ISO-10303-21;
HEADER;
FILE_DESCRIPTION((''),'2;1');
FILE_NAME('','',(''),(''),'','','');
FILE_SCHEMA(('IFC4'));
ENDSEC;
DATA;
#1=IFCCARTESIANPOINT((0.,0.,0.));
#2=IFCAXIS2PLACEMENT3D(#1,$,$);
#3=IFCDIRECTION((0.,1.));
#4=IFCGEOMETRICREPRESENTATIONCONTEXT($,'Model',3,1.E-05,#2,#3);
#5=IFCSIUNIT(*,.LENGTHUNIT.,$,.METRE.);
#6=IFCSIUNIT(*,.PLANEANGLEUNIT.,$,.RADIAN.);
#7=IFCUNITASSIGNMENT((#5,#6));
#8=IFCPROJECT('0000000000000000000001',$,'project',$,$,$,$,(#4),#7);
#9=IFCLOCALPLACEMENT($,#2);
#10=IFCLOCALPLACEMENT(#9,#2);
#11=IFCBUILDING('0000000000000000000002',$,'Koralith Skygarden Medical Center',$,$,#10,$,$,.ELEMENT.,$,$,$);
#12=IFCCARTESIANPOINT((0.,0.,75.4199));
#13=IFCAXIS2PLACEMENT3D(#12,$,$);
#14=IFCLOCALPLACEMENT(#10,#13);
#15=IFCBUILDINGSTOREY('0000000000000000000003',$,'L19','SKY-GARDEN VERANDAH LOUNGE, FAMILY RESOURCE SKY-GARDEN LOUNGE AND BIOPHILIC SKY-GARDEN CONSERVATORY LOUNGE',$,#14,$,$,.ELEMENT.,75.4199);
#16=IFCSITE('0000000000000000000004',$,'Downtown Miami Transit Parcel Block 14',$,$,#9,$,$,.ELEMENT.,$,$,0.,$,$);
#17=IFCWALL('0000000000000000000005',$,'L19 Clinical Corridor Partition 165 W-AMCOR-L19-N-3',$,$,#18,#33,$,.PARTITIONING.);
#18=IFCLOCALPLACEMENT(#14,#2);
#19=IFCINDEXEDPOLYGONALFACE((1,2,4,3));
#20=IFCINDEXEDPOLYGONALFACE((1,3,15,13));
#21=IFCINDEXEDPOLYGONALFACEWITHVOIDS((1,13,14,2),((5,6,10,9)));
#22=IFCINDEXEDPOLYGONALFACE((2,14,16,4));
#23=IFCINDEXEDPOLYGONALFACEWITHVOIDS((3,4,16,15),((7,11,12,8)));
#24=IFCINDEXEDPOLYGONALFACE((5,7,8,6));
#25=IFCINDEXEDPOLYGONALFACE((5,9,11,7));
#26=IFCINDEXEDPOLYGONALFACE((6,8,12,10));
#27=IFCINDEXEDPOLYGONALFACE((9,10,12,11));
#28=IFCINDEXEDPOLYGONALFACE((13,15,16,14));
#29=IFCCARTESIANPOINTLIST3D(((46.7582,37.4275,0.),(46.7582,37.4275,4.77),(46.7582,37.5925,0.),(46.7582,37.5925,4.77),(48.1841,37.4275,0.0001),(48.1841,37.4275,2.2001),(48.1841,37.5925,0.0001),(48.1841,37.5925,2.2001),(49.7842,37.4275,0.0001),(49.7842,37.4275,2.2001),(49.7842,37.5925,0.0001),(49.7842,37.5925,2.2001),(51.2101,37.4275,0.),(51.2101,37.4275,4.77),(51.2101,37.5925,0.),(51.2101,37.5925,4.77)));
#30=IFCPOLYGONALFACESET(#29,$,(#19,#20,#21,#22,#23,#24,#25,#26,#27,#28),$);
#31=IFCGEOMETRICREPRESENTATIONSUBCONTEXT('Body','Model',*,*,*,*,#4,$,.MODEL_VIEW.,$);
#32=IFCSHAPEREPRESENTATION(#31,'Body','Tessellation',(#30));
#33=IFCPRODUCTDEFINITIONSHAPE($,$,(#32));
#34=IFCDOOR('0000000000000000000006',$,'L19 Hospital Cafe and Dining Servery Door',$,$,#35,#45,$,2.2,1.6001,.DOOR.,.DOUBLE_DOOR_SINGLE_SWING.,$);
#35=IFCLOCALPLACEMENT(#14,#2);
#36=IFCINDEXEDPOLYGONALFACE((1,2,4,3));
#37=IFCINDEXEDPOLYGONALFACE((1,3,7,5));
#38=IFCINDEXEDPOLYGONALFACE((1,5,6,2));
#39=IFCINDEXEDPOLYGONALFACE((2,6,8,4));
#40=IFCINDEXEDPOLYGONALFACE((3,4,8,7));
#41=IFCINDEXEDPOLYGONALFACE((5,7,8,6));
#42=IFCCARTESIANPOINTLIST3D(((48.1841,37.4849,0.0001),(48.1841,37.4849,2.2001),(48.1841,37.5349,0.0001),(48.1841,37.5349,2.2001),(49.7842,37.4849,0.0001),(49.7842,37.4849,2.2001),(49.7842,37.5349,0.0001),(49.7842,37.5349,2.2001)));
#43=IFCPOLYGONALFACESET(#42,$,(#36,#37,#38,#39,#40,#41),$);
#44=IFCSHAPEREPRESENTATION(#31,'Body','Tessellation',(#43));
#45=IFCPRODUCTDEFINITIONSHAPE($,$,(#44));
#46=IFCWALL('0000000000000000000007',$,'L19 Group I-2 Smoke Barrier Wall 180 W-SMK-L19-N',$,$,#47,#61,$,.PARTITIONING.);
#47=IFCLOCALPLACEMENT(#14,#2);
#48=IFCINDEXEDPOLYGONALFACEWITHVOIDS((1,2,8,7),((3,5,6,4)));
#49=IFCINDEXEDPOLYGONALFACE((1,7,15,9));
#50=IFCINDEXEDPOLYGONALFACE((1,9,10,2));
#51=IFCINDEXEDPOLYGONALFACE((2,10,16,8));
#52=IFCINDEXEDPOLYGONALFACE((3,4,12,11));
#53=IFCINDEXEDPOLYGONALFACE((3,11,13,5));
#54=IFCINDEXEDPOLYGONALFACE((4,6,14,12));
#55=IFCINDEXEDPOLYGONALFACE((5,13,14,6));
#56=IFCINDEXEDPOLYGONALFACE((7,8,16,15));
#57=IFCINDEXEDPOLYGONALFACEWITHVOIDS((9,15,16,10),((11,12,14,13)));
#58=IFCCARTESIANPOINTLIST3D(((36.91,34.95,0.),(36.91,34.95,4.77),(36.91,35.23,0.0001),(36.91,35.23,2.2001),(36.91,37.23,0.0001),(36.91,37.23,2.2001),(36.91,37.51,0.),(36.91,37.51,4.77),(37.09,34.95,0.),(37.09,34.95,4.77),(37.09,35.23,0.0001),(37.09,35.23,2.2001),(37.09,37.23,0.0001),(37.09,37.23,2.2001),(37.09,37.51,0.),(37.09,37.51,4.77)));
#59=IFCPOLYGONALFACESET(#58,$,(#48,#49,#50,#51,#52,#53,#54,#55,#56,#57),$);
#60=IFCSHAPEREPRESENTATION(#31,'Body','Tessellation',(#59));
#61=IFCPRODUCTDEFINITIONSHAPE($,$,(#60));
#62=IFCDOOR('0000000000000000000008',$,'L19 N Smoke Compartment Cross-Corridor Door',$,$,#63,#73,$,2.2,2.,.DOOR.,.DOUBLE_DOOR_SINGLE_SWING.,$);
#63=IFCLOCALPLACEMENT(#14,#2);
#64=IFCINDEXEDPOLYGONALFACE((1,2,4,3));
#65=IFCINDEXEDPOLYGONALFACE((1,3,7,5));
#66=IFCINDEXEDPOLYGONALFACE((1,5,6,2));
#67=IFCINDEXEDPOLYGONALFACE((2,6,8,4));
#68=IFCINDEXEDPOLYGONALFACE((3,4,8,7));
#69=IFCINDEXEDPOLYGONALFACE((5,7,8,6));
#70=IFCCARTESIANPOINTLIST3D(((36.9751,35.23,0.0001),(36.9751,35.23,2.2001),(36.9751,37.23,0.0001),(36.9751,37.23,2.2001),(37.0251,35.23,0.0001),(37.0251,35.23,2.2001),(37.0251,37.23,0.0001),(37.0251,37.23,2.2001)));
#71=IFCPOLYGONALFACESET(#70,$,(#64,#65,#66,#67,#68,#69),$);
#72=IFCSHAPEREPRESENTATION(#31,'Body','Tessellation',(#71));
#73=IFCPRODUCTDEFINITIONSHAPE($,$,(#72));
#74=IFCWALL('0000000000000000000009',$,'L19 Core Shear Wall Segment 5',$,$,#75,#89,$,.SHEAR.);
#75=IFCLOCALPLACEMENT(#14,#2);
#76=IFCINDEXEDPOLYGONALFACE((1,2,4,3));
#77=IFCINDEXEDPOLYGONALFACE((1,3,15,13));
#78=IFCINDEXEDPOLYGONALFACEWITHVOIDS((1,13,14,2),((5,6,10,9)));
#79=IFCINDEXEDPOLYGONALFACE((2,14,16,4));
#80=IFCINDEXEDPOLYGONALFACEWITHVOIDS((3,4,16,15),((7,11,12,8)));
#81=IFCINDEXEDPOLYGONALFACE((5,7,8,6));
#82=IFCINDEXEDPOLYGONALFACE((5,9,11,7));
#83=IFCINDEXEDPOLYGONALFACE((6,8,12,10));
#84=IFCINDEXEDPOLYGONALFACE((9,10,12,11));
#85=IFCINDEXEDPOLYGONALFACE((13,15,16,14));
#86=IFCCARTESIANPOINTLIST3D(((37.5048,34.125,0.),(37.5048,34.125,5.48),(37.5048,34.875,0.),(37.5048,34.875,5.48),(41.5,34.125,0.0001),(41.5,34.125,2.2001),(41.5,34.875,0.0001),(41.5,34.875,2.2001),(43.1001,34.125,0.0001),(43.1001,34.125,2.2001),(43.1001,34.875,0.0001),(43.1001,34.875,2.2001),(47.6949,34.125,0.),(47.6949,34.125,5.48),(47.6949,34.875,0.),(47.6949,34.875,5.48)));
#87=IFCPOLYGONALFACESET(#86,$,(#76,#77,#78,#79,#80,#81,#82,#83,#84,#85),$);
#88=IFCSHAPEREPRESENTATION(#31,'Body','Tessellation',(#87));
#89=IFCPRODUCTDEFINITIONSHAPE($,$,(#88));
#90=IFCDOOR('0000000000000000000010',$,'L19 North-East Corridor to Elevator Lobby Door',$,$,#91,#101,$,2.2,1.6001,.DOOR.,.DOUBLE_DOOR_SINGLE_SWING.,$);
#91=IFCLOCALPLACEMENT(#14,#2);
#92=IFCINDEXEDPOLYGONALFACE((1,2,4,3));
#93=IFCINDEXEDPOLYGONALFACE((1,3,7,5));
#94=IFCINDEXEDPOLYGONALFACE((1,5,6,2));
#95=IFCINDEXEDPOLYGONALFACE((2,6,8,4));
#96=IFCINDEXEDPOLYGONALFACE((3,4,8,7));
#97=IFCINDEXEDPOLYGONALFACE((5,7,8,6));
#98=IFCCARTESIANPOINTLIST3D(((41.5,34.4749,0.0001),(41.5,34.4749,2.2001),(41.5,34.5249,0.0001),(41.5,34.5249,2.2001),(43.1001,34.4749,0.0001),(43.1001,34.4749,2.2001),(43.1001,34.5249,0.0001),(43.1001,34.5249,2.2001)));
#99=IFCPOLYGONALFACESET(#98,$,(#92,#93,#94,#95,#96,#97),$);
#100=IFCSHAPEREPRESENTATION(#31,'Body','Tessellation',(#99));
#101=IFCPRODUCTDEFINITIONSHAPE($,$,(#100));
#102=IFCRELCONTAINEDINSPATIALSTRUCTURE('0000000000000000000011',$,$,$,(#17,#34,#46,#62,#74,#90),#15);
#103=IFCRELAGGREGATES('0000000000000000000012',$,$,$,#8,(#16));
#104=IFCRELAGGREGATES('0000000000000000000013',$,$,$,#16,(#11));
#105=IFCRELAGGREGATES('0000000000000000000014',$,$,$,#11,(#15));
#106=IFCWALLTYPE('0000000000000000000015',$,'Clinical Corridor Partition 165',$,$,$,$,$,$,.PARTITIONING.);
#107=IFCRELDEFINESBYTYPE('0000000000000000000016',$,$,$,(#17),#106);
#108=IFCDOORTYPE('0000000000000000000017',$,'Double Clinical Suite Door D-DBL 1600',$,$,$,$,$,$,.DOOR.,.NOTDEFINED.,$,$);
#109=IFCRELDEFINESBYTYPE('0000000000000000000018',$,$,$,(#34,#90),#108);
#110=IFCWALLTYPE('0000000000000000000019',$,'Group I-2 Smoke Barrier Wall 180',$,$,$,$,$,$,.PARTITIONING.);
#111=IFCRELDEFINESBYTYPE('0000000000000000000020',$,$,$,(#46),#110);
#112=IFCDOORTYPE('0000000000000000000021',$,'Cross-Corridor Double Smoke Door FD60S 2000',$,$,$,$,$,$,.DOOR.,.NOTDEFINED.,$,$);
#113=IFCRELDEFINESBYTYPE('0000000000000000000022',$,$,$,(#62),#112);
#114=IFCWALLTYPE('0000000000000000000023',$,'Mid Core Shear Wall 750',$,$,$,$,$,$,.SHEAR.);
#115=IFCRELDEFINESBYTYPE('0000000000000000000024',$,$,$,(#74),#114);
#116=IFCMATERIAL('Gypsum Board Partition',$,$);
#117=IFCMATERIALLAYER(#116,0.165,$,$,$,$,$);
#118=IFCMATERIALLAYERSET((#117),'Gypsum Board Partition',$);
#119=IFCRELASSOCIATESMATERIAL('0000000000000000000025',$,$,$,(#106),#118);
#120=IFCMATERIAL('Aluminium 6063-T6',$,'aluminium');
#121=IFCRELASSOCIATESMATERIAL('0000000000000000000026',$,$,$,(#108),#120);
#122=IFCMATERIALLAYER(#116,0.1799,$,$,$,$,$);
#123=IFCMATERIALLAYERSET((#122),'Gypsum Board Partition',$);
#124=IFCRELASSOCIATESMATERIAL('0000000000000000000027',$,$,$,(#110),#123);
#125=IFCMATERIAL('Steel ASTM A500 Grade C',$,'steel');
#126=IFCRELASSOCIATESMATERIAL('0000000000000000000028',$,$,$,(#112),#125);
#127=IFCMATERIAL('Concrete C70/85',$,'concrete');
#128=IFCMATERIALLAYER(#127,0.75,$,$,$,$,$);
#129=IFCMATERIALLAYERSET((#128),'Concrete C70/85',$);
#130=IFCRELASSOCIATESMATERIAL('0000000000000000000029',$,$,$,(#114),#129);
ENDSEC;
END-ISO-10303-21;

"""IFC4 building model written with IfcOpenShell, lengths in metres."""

from ifc_helpers import new_model, si_unit, direction, frame, frame_2d, origin, place, context, subcontext, project, spatial, rectangle, extrude, material, layer, layer_set, type_object, element, fill, save


model = new_model("IFC4")

# Units and contexts
model_context = context("Model", 3, precision=1e-05, world=origin(), true_north=direction((0.0, 1.0)))
body_context = subcontext(model_context, "Body", "Model", "MODEL_VIEW")
ifc_project = project(units=[si_unit("LENGTHUNIT", "METRE"), si_unit("PLANEANGLEUNIT", "RADIAN")], contexts=[model_context])

# Site, building, storey
site_placement = place(None, origin())
site = spatial("IfcSite", under=ifc_project, at=site_placement, Name="Downtown Miami Transit Parcel Block 14", CompositionType="ELEMENT", RefElevation=0.0)
building_placement = place(site_placement, origin())
building = spatial("IfcBuilding", under=site, at=building_placement, Name="Koralith Skygarden Medical Center", CompositionType="ELEMENT")
storey_placement = place(building_placement, frame((0.0, 0.0, 75.4199)))
storey = spatial("IfcBuildingStorey", under=building, at=storey_placement, Name="L19", Description="SKY-GARDEN VERANDAH LOUNGE, FAMILY RESOURCE SKY-GARDEN LOUNGE AND BIOPHILIC SKY-GARDEN CONSERVATORY LOUNGE", CompositionType="ELEMENT", Elevation=75.4199)

# Shared definitions
ifc_material_1 = material(Name="Concrete C70/85", Category="concrete")

# Shared definitions
ifc_material_2 = material(Name="Aluminium 6063-T6", Category="aluminium")

# Shared definitions
ifc_material_3 = material(Name="Gypsum Board Partition")

# Walls, openings, doors
ifc_layer_1 = layer(ifc_material_3, 0.165)
ifc_layer_set_1 = layer_set([ifc_layer_1], Name="Gypsum Board Partition")
wall_type_1 = type_object("IfcWallType", Name="Clinical Corridor Partition 165", PredefinedType="PARTITIONING", material=ifc_layer_set_1)
wall_1_placement = place(storey_placement, frame((46.7581, 37.51, 0.0), z_axis=(0.0, 0.0, 1.0), x_axis=(1.0, 0.0, 0.0)))
wall_1 = element("IfcWall", 1, at=wall_1_placement, inside=storey, type_object=wall_type_1, Name="L19 Clinical Corridor Partition 165 W-AMCOR-L19-N-3", PredefinedType="PARTITIONING", context=body_context, shape_type="SweptSolid", body=[
    extrude(rectangle(XDim=4.4519, YDim=0.165, at=frame_2d((2.2261, 0.0))), origin(), (0.0, 0.0, 1.0), 4.77),
])
opening_1_placement = place(wall_1_placement, frame((1.426, 0.0, 0.0)))
opening_1 = element("IfcOpeningElement", 2, at=opening_1_placement, cuts=wall_1, PredefinedType="OPENING", context=body_context, shape_type="SweptSolid", body=[
    extrude(rectangle(XDim=1.6001, YDim=2.2, at=frame_2d((0.8, 1.1001))), frame((0.0, 0.0925, 0.0), z_axis=(0.0, -1.0, 0.0), x_axis=(1.0, 0.0, 0.0)), (0.0, 0.0, 1.0), 0.1851),
])
door_type_1 = type_object("IfcDoorType", Name="Double Clinical Suite Door D-DBL 1600", OperationType="NOTDEFINED", PredefinedType="DOOR", material=ifc_material_2)
door_1_placement = place(opening_1_placement, origin())
door_1 = element("IfcDoor", 3, at=door_1_placement, inside=storey, type_object=door_type_1, Name="L19 Hospital Cafe and Dining Servery Door", OperationType="DOUBLE_DOOR_SINGLE_SWING", OverallHeight=2.2, OverallWidth=1.6001, PredefinedType="DOOR", context=body_context, shape_type="SweptSolid", body=[
    extrude(rectangle(XDim=1.6001, YDim=2.2, at=frame_2d((0.8, 1.1001))), frame((0.0, 0.0249, 0.0), z_axis=(0.0, -1.0, 0.0), x_axis=(1.0, 0.0, 0.0)), (0.0, 0.0, 1.0), 0.05),
])
fill(opening_1, door_1)
ifc_layer_2 = layer(ifc_material_3, 0.1799)
ifc_layer_set_2 = layer_set([ifc_layer_2], Name="Gypsum Board Partition")
wall_type_2 = type_object("IfcWallType", Name="Group I-2 Smoke Barrier Wall 180", PredefinedType="PARTITIONING", material=ifc_layer_set_2)
wall_2_placement = place(storey_placement, frame((37.0, 34.95, 0.0), z_axis=(0.0, 0.0, 1.0), x_axis=(0.0, 1.0, 0.0)))
wall_2 = element("IfcWall", 4, at=wall_2_placement, inside=storey, type_object=wall_type_2, Name="L19 Group I-2 Smoke Barrier Wall 180 W-SMK-L19-N", PredefinedType="PARTITIONING", context=body_context, shape_type="SweptSolid", body=[
    extrude(rectangle(XDim=2.5601, YDim=0.1799, at=frame_2d((1.28, 0.0))), origin(), (0.0, 0.0, 1.0), 4.77),
])
opening_2_placement = place(wall_2_placement, frame((0.28, 0.0, 0.0)))
opening_2 = element("IfcOpeningElement", 5, at=opening_2_placement, cuts=wall_2, PredefinedType="OPENING", context=body_context, shape_type="SweptSolid", body=[
    extrude(rectangle(XDim=2.0, YDim=2.2, at=frame_2d((1.0, 1.1001))), frame((0.0, 0.0999, 0.0), z_axis=(0.0, -1.0, 0.0), x_axis=(1.0, 0.0, 0.0)), (0.0, 0.0, 1.0), 0.2),
])
ifc_material_4 = material(Name="Steel ASTM A500 Grade C", Category="steel")
door_type_2 = type_object("IfcDoorType", Name="Cross-Corridor Double Smoke Door FD60S 2000", OperationType="NOTDEFINED", PredefinedType="DOOR", material=ifc_material_4)
door_2_placement = place(opening_2_placement, origin())
door_2 = element("IfcDoor", 6, at=door_2_placement, inside=storey, type_object=door_type_2, Name="L19 N Smoke Compartment Cross-Corridor Door", OperationType="DOUBLE_DOOR_SINGLE_SWING", OverallHeight=2.2, OverallWidth=2.0, PredefinedType="DOOR", context=body_context, shape_type="SweptSolid", body=[
    extrude(rectangle(XDim=2.0, YDim=2.2, at=frame_2d((1.0, 1.1001))), frame((0.0, 0.0249, 0.0), z_axis=(0.0, -1.0, 0.0), x_axis=(1.0, 0.0, 0.0)), (0.0, 0.0, 1.0), 0.05),
])
fill(opening_2, door_2)
ifc_layer_3 = layer(ifc_material_1, 0.75)
ifc_layer_set_3 = layer_set([ifc_layer_3], Name="Concrete C70/85")
wall_type_3 = type_object("IfcWallType", Name="Mid Core Shear Wall 750", PredefinedType="SHEAR", material=ifc_layer_set_3)
wall_3_placement = place(storey_placement, frame((47.6951, 34.5, 0.0), z_axis=(0.0, 0.0, 1.0), x_axis=(-1.0, 0.0, 0.0)))
wall_3 = element("IfcWall", 7, at=wall_3_placement, inside=storey, type_object=wall_type_3, Name="L19 Core Shear Wall Segment 5", PredefinedType="SHEAR", context=body_context, shape_type="SweptSolid", body=[
    extrude(rectangle(XDim=10.1902, YDim=0.75, at=frame_2d((5.0952, 0.0))), origin(), (0.0, 0.0, 1.0), 5.48),
])
opening_3_placement = place(wall_3_placement, frame((4.595, 0.0, 0.0)))
opening_3 = element("IfcOpeningElement", 8, at=opening_3_placement, cuts=wall_3, PredefinedType="OPENING", context=body_context, shape_type="SweptSolid", body=[
    extrude(rectangle(XDim=1.6001, YDim=2.2, at=frame_2d((0.8, 1.1001))), frame((0.0, 0.385, 0.0), z_axis=(0.0, -1.0, 0.0), x_axis=(1.0, 0.0, 0.0)), (0.0, 0.0, 1.0), 0.77),
])
door_3_placement = place(opening_3_placement, frame((1.6001, 0.0, 0.0), z_axis=(0.0, 0.0, 1.0), x_axis=(-1.0, 0.0, 0.0)))
door_3 = element("IfcDoor", 9, at=door_3_placement, inside=storey, type_object=door_type_1, Name="L19 North-East Corridor to Elevator Lobby Door", OperationType="DOUBLE_DOOR_SINGLE_SWING", OverallHeight=2.2, OverallWidth=1.6001, PredefinedType="DOOR", context=body_context, shape_type="SweptSolid", body=[
    extrude(rectangle(XDim=1.6001, YDim=2.2, at=frame_2d((0.8, 1.1001))), frame((0.0, 0.0249, 0.0), z_axis=(0.0, -1.0, 0.0), x_axis=(1.0, 0.0, 0.0)), (0.0, 0.0, 1.0), 0.05),
])
fill(opening_3, door_3)

save(model, "model.ifc")
